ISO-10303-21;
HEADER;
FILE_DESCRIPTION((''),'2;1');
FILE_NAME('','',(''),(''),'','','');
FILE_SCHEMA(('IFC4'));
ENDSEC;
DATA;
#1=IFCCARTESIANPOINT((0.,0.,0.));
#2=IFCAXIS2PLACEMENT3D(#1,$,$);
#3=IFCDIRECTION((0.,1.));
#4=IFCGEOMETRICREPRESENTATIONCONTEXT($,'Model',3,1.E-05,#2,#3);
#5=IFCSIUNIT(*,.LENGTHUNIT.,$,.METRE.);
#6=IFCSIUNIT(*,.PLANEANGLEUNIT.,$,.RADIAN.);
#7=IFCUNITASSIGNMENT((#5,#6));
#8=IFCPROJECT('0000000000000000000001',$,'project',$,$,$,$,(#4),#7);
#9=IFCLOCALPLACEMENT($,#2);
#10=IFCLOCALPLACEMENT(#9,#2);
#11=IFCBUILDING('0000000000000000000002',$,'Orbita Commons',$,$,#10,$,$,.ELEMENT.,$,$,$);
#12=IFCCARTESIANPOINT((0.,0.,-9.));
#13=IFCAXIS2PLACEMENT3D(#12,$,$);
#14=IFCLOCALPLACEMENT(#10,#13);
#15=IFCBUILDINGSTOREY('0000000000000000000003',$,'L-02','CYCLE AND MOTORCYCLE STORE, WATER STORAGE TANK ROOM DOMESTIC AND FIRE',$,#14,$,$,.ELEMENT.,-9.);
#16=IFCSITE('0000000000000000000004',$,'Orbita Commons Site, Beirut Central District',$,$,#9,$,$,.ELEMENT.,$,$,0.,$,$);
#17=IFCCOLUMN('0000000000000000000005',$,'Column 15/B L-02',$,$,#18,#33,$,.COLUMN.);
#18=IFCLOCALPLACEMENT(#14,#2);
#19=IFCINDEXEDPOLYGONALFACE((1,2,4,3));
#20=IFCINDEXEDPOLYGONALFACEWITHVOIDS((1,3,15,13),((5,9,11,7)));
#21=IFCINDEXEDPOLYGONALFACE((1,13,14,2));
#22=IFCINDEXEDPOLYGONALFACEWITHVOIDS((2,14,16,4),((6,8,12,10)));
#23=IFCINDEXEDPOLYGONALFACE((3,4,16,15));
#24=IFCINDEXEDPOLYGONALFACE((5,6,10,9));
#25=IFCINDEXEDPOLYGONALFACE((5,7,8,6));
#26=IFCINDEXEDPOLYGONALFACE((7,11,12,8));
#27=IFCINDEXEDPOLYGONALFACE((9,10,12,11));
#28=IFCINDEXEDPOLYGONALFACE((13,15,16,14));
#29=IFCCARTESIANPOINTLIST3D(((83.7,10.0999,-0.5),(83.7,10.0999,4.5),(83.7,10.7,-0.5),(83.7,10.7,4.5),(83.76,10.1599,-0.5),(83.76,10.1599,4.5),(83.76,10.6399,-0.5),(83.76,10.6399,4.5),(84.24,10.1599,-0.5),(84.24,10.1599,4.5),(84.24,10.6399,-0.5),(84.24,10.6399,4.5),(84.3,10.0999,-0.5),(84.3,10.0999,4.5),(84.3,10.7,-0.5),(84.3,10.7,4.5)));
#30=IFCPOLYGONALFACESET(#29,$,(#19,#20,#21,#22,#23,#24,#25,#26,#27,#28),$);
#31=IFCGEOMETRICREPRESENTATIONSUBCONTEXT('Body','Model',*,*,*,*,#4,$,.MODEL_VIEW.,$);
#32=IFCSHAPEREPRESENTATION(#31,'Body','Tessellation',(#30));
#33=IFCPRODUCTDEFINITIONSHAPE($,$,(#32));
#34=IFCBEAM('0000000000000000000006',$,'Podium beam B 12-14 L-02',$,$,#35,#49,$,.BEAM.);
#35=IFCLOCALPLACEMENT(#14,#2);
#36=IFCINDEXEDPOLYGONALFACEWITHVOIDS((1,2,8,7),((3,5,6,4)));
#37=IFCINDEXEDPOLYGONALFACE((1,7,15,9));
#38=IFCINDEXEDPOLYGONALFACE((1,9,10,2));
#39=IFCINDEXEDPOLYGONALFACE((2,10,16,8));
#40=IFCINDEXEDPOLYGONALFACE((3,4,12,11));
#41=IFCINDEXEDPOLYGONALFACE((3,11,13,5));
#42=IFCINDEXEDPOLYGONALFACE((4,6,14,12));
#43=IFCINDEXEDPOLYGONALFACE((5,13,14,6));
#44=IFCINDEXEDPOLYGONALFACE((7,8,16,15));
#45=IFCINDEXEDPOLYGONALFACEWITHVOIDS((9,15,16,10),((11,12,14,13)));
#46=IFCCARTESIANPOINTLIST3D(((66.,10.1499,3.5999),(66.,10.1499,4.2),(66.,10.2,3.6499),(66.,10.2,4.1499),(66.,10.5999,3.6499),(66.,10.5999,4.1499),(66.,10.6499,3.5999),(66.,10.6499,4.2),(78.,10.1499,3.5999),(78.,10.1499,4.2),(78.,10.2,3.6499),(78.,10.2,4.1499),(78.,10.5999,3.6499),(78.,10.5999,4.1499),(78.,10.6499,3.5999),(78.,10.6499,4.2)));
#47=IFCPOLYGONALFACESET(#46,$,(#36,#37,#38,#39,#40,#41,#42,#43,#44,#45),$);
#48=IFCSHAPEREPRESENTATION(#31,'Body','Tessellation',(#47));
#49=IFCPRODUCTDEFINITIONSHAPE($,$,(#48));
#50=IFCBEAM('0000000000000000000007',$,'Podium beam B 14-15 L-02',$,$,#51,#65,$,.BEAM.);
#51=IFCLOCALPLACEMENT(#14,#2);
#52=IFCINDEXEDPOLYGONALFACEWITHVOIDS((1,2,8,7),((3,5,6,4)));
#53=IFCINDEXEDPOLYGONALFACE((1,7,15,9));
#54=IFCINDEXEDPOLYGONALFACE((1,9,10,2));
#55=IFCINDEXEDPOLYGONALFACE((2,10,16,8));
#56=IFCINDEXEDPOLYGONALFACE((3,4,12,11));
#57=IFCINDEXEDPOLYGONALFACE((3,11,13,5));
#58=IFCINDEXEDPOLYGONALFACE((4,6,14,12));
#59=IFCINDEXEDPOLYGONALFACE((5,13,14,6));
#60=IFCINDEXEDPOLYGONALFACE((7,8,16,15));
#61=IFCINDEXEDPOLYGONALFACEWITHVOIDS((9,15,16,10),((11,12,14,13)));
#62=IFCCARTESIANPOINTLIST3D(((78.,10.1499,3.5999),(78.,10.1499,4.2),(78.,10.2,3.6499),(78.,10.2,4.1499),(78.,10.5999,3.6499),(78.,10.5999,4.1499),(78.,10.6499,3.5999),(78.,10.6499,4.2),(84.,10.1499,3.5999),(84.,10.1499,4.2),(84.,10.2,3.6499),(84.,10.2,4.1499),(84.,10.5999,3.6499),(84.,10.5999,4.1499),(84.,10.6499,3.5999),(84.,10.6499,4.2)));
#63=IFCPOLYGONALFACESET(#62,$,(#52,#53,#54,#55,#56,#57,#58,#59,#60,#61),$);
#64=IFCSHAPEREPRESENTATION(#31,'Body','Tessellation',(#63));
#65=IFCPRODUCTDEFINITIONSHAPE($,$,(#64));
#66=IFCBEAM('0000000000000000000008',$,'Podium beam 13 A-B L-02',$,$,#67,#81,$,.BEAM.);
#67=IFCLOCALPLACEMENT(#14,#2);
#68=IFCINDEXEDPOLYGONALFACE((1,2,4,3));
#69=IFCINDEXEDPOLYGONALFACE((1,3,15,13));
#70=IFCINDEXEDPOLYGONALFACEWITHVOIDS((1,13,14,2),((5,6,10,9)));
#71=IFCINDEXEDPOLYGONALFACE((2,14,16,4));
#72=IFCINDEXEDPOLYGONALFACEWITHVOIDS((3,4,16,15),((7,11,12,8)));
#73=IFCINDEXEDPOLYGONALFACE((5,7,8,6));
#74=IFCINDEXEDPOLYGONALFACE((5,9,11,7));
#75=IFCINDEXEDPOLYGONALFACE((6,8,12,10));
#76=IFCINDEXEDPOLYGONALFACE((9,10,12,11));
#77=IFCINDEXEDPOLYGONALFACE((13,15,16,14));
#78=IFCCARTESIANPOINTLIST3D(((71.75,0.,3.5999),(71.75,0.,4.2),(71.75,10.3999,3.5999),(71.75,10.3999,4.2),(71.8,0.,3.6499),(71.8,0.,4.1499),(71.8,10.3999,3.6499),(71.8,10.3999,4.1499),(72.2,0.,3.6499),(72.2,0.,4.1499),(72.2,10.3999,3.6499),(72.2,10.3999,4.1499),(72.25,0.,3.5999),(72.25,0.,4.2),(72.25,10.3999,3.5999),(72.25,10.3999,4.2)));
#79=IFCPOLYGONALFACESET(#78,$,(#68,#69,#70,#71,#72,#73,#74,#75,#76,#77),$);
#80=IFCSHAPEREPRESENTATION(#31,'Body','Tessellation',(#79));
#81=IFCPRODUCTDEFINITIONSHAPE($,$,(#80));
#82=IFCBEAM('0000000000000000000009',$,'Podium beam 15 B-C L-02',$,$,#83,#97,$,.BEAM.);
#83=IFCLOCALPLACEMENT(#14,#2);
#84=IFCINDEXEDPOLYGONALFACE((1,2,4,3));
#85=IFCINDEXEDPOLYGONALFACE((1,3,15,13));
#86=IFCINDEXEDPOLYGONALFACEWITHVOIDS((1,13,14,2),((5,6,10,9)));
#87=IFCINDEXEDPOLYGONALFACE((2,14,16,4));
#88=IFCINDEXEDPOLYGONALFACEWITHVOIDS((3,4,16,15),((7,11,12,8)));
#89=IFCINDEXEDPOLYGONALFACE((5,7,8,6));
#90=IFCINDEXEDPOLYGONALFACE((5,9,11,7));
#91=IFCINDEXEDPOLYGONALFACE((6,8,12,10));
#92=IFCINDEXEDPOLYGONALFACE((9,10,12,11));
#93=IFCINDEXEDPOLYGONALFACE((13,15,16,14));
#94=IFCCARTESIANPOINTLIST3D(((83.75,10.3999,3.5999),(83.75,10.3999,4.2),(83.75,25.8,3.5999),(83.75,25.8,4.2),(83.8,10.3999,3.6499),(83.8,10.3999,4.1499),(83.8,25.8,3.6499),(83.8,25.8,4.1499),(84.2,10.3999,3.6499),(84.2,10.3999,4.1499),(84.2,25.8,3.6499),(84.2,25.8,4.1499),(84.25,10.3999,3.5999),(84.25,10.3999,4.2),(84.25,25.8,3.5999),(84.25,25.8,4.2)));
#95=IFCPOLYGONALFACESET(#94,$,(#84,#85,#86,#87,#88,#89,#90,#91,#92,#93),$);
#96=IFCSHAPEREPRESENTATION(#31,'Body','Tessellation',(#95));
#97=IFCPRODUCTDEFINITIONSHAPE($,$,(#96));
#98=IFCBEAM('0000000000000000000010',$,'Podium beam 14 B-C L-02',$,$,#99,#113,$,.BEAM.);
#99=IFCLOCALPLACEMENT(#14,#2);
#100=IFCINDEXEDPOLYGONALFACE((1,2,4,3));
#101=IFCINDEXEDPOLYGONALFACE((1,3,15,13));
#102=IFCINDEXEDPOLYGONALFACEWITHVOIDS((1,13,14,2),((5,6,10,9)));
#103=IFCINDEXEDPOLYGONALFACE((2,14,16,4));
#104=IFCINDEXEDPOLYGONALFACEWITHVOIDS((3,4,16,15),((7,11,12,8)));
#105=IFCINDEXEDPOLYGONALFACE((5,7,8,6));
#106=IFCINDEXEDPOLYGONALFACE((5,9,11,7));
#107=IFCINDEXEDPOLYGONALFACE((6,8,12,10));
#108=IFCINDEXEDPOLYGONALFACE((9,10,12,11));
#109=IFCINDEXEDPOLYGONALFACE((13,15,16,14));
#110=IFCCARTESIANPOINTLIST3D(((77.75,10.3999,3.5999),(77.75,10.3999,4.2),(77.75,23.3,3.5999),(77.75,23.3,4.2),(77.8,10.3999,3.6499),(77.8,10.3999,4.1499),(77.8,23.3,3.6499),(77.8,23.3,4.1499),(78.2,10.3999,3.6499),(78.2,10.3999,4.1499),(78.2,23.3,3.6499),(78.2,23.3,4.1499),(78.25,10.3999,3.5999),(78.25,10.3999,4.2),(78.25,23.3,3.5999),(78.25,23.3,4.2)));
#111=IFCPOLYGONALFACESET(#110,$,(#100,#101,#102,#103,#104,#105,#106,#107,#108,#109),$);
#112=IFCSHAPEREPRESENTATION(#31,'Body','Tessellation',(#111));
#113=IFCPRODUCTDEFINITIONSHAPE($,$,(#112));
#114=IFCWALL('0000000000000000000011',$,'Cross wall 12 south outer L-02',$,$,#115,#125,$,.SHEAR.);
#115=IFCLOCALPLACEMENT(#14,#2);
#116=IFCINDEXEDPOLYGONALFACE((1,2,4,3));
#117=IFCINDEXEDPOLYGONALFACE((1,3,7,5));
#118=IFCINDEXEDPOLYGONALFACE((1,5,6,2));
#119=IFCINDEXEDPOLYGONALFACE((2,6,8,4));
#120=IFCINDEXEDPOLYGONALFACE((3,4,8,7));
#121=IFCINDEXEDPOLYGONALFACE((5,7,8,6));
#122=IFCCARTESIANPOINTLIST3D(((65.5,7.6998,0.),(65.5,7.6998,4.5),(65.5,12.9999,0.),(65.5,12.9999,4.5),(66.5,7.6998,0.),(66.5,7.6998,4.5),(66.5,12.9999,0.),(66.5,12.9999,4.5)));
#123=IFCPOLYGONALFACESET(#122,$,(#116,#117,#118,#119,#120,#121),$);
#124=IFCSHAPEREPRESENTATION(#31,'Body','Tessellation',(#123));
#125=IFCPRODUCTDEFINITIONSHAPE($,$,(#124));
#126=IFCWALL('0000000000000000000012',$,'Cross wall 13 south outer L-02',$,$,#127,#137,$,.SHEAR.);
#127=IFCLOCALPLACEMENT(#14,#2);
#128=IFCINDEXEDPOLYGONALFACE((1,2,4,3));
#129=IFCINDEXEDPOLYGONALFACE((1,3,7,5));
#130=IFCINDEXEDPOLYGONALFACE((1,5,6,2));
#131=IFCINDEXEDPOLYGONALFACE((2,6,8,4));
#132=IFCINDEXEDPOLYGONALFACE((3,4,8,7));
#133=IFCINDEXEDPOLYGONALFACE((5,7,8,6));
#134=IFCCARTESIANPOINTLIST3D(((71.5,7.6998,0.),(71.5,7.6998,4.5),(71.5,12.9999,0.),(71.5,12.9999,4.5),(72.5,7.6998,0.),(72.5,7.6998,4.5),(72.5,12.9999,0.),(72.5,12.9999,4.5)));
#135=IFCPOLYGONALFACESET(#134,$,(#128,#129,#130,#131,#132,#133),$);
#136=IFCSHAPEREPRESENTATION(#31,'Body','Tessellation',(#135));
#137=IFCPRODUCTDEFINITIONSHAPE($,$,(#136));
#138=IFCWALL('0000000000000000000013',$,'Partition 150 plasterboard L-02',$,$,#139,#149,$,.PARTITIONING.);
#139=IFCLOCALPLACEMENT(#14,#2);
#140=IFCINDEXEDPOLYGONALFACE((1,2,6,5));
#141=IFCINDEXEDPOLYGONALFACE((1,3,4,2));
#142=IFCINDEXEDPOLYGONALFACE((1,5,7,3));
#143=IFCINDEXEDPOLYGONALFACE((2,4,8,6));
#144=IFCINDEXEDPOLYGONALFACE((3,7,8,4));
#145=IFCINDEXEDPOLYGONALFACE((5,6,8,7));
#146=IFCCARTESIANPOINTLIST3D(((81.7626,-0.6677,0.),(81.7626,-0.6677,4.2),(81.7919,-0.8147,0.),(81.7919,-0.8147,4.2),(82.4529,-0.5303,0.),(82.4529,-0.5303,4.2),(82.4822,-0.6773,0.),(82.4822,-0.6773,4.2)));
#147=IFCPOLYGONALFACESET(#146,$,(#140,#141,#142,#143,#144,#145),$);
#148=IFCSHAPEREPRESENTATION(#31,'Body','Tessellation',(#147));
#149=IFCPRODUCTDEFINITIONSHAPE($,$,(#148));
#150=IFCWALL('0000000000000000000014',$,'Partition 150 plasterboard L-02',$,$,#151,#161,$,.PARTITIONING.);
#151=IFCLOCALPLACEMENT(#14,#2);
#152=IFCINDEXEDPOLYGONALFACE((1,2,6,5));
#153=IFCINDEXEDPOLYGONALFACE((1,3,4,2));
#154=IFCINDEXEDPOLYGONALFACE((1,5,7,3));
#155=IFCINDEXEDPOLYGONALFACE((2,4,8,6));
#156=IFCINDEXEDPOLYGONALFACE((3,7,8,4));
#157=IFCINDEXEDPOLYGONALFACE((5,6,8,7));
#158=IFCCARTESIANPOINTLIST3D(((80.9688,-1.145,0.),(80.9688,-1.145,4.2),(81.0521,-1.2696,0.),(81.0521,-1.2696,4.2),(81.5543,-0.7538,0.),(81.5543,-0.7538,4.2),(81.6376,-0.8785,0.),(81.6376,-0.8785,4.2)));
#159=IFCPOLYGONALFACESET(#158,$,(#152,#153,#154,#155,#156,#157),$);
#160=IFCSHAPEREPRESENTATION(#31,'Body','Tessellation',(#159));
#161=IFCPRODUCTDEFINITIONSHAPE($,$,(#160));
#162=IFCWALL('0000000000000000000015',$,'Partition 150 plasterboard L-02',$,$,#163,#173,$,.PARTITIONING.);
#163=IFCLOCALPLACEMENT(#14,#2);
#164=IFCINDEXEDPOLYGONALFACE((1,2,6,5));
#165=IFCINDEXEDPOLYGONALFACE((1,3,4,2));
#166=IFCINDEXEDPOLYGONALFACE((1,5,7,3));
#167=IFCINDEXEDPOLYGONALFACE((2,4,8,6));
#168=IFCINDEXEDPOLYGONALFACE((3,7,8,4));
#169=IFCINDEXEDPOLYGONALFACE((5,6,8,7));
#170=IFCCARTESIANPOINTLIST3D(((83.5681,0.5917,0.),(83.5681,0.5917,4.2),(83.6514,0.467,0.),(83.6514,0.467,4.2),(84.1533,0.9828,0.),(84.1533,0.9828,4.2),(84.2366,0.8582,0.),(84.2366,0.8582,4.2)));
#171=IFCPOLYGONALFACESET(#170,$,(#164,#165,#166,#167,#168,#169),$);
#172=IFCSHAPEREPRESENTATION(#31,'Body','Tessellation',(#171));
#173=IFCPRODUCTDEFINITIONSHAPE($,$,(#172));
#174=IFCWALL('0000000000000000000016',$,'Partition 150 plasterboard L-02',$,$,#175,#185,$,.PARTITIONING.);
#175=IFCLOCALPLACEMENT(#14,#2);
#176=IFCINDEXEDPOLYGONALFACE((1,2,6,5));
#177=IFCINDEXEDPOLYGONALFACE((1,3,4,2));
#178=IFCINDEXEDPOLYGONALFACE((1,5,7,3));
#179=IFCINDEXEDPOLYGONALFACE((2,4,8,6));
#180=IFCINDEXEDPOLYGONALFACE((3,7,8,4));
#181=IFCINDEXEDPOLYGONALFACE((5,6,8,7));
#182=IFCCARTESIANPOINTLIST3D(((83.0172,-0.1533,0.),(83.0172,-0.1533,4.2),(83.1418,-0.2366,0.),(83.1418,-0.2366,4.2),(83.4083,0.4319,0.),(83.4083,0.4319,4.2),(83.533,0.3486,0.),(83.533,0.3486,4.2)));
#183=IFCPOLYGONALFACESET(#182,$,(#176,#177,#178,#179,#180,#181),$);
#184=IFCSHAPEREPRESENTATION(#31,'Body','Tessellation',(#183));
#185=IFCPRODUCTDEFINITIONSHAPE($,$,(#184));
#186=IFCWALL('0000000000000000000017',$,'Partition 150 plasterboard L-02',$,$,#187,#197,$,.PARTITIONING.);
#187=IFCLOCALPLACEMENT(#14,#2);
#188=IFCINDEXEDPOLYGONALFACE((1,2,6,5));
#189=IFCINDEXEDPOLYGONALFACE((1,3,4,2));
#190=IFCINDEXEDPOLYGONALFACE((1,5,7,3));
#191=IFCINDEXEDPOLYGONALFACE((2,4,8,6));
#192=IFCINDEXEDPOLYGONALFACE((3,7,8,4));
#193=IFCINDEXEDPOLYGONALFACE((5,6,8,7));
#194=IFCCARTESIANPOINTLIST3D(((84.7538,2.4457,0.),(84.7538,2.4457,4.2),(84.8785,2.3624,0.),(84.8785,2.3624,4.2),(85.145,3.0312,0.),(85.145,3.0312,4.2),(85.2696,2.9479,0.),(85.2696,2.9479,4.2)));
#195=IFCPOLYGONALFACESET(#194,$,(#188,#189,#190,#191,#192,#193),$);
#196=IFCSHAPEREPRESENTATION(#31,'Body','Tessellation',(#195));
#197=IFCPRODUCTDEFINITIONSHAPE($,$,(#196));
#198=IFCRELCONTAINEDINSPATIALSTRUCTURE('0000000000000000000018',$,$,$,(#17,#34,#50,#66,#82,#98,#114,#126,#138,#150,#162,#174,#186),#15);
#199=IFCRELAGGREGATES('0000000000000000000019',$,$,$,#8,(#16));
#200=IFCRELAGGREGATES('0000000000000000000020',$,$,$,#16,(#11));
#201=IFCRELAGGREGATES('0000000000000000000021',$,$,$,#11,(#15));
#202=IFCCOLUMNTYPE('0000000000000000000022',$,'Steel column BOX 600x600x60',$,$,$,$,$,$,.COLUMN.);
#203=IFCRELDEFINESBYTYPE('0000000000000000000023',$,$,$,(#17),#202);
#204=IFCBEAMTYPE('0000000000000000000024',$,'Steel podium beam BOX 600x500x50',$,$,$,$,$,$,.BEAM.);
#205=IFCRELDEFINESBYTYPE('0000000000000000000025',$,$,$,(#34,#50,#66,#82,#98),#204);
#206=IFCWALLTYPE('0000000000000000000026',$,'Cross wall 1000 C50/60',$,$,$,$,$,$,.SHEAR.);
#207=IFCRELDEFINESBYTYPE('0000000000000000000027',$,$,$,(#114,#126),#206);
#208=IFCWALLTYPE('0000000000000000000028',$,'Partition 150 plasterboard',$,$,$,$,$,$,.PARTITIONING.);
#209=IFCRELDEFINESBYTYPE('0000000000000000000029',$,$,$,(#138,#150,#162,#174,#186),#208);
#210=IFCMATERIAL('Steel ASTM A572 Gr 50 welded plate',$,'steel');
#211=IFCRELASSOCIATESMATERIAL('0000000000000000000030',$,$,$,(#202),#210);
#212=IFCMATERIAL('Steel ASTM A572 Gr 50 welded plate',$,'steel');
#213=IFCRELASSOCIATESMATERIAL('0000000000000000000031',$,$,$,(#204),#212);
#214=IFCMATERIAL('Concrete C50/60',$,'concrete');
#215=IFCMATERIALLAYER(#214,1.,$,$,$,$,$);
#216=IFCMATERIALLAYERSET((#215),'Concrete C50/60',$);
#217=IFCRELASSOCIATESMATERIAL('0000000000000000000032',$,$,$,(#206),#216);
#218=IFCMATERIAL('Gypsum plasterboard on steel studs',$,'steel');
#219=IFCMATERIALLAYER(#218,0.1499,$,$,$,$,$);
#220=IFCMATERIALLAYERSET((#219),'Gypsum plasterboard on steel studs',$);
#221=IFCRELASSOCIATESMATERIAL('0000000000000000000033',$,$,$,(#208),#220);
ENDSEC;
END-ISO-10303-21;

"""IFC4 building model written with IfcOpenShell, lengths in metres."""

from ifc_helpers import new_model, si_unit, direction, frame, frame_2d, origin, origin_2d, place, context, subcontext, project, spatial, rectangle, hollow_rectangle, extrude, material, layer, layer_set, material_profile, profile_set, type_object, element, save


model = new_model("IFC4")

# Units and contexts
model_context = context("Model", 3, precision=1e-05, world=origin(), true_north=direction((0.0, 1.0)))
body_context = subcontext(model_context, "Body", "Model", "MODEL_VIEW")
ifc_project = project(units=[si_unit("LENGTHUNIT", "METRE"), si_unit("PLANEANGLEUNIT", "RADIAN")], contexts=[model_context])

# Site, building, storey
site_placement = place(None, origin())
site = spatial("IfcSite", under=ifc_project, at=site_placement, Name="Orbita Commons Site, Beirut Central District", CompositionType="ELEMENT", RefElevation=0.0)
building_placement = place(site_placement, origin())
building = spatial("IfcBuilding", under=site, at=building_placement, Name="Orbita Commons", CompositionType="ELEMENT")
storey_placement = place(building_placement, frame((0.0, 0.0, -9.0)))
storey = spatial("IfcBuildingStorey", under=building, at=storey_placement, Name="L-02", Description="CYCLE AND MOTORCYCLE STORE, WATER STORAGE TANK ROOM DOMESTIC AND FIRE", CompositionType="ELEMENT", Elevation=-9.0)

# Column
ifc_material_1 = material(Name="Steel ASTM A572 Gr 50 welded plate", Category="steel")
ifc_material_profile_1 = material_profile(ifc_material_1, hollow_rectangle(XDim=0.6001, YDim=0.6001, WallThickness=0.0601, at=origin_2d()), Name="BOX 600x600x60")
ifc_profile_set_1 = profile_set([ifc_material_profile_1], Name="Steel ASTM A572 Gr 50 welded plate")
column_type_1 = type_object("IfcColumnType", Name="Steel column BOX 600x600x60", PredefinedType="COLUMN", material=ifc_profile_set_1)
for number, where, z_axis, x_axis, name in (
    (1, (84.0, 10.3999, -0.5), (0.0, 0.0, 1.0), (1.0, 0.0, 0.0), "Column 15/B L-02"),
):
    element("IfcColumn", number, at=place(storey_placement, frame(where, z_axis=z_axis, x_axis=x_axis)), inside=storey, type_object=column_type_1, Name=name, PredefinedType="COLUMN", context=body_context, shape_type="SweptSolid", body=[
        extrude(hollow_rectangle(XDim=0.6001, YDim=0.6001, WallThickness=0.0601, at=origin_2d()), origin(), (0.0, 0.0, 1.0), 5.0),
    ])

# Beams
ifc_material_2 = material(Name="Steel ASTM A572 Gr 50 welded plate", Category="steel")
ifc_material_profile_2 = material_profile(ifc_material_2, hollow_rectangle(XDim=0.5, YDim=0.6001, WallThickness=0.05, at=origin_2d()), Name="BOX 600x500x50")
ifc_profile_set_2 = profile_set([ifc_material_profile_2], Name="Steel ASTM A572 Gr 50 welded plate")
beam_type = type_object("IfcBeamType", Name="Steel podium beam BOX 600x500x50", PredefinedType="BEAM", material=ifc_profile_set_2)
beam_1_placement = place(storey_placement, frame((66.0, 10.3999, 3.8999), z_axis=(1.0, 0.0, 0.0), x_axis=(0.0, 1.0, 0.0)))
element("IfcBeam", 2, at=beam_1_placement, inside=storey, type_object=beam_type, Name="Podium beam B 12-14 L-02", PredefinedType="BEAM", context=body_context, shape_type="SweptSolid", body=[
    extrude(hollow_rectangle(XDim=0.5, YDim=0.6001, WallThickness=0.05, at=origin_2d()), origin(), (0.0, 0.0, 1.0), 12.0),
])
beam_2_placement = place(storey_placement, frame((78.0, 10.3999, 3.8999), z_axis=(1.0, 0.0, 0.0), x_axis=(0.0, 1.0, 0.0)))
element("IfcBeam", 3, at=beam_2_placement, inside=storey, type_object=beam_type, Name="Podium beam B 14-15 L-02", PredefinedType="BEAM", context=body_context, shape_type="SweptSolid", body=[
    extrude(hollow_rectangle(XDim=0.5, YDim=0.6001, WallThickness=0.05, at=origin_2d()), origin(), (0.0, 0.0, 1.0), 6.0),
])
beam_3_placement = place(storey_placement, frame((72.0, 0.0, 3.8999), z_axis=(0.0, 1.0, 0.0), x_axis=(-1.0, 0.0, 0.0)))
element("IfcBeam", 4, at=beam_3_placement, inside=storey, type_object=beam_type, Name="Podium beam 13 A-B L-02", PredefinedType="BEAM", context=body_context, shape_type="SweptSolid", body=[
    extrude(hollow_rectangle(XDim=0.5, YDim=0.6001, WallThickness=0.05, at=origin_2d()), origin(), (0.0, 0.0, 1.0), 10.3999),
])
beam_4_placement = place(storey_placement, frame((84.0, 10.3999, 3.8999), z_axis=(0.0, 1.0, 0.0), x_axis=(-1.0, 0.0, 0.0)))
element("IfcBeam", 5, at=beam_4_placement, inside=storey, type_object=beam_type, Name="Podium beam 15 B-C L-02", PredefinedType="BEAM", context=body_context, shape_type="SweptSolid", body=[
    extrude(hollow_rectangle(XDim=0.5, YDim=0.6001, WallThickness=0.05, at=origin_2d()), origin(), (0.0, 0.0, 1.0), 15.4001),
])
beam_5_placement = place(storey_placement, frame((78.0, 10.3999, 3.8999), z_axis=(0.0, 1.0, 0.0), x_axis=(-1.0, 0.0, 0.0)))
element("IfcBeam", 6, at=beam_5_placement, inside=storey, type_object=beam_type, Name="Podium beam 14 B-C L-02", PredefinedType="BEAM", context=body_context, shape_type="SweptSolid", body=[
    extrude(hollow_rectangle(XDim=0.5, YDim=0.6001, WallThickness=0.05, at=origin_2d()), origin(), (0.0, 0.0, 1.0), 12.9001),
])

# Walls
ifc_material_3 = material(Name="Concrete C50/60", Category="concrete")
ifc_layer_1 = layer(ifc_material_3, 1.0)
ifc_layer_set_1 = layer_set([ifc_layer_1], Name="Concrete C50/60")
wall_type_1 = type_object("IfcWallType", Name="Cross wall 1000 C50/60", PredefinedType="SHEAR", material=ifc_layer_set_1)
for number, where, z_axis, x_axis, name in (
    (7, (66.0, 7.7, 0.0), (0.0, 0.0, 1.0), (0.0, 1.0, 0.0), "Cross wall 12 south outer L-02"),
    (8, (72.0, 7.7, 0.0), (0.0, 0.0, 1.0), (0.0, 1.0, 0.0), "Cross wall 13 south outer L-02"),
):
    element("IfcWall", number, at=place(storey_placement, frame(where, z_axis=z_axis, x_axis=x_axis)), inside=storey, type_object=wall_type_1, Name=name, PredefinedType="SHEAR", context=body_context, shape_type="SweptSolid", body=[
        extrude(rectangle(XDim=5.3, YDim=1.0, at=frame_2d((2.6499, 0.0))), origin(), (0.0, 0.0, 1.0), 4.5),
    ])
ifc_material_4 = material(Name="Gypsum plasterboard on steel studs", Category="steel")
ifc_layer_2 = layer(ifc_material_4, 0.1499)
ifc_layer_set_2 = layer_set([ifc_layer_2], Name="Gypsum plasterboard on steel studs")
wall_type_2 = type_object("IfcWallType", Name="Partition 150 plasterboard", PredefinedType="PARTITIONING", material=ifc_layer_set_2)
wall_1_placement = place(storey_placement, frame((81.7771, -0.7412, 0.0), z_axis=(0.0, 0.0, 1.0), x_axis=(0.980754, 0.195249, 0.0)))
element("IfcWall", 9, at=wall_1_placement, inside=storey, type_object=wall_type_2, Name="Partition 150 plasterboard L-02", PredefinedType="PARTITIONING", context=body_context, shape_type="SweptSolid", body=[
    extrude(rectangle(XDim=0.7039, YDim=0.1499, at=frame_2d((0.3521, 0.0))), origin(), (0.0, 0.0, 1.0), 4.2),
])
wall_2_placement = place(storey_placement, frame((81.5959, -0.8162, 0.0), z_axis=(0.0, 0.0, 1.0), x_axis=(-0.831516, -0.5555, 0.0)))
element("IfcWall", 10, at=wall_2_placement, inside=storey, type_object=wall_type_2, Name="Partition 150 plasterboard L-02", PredefinedType="PARTITIONING", context=body_context, shape_type="SweptSolid", body=[
    extrude(rectangle(XDim=0.7041, YDim=0.1499, at=frame_2d((0.3521, 0.0))), origin(), (0.0, 0.0, 1.0), 4.2),
])
for number, where, z_axis, x_axis, name in (
    (11, (83.6096, 0.5293, 0.0), (0.0, 0.0, 1.0), (0.831409, 0.55566, 0.0), "Partition 150 plasterboard L-02"),
    (12, (83.4707, 0.3904, 0.0), (0.0, 0.0, 1.0), (-0.55566, -0.831409, 0.0), "Partition 150 plasterboard L-02"),
):
    element("IfcWall", number, at=place(storey_placement, frame(where, z_axis=z_axis, x_axis=x_axis)), inside=storey, type_object=wall_type_2, Name=name, PredefinedType="PARTITIONING", context=body_context, shape_type="SweptSolid", body=[
        extrude(rectangle(XDim=0.7039, YDim=0.1499, at=frame_2d((0.3521, 0.0))), origin(), (0.0, 0.0, 1.0), 4.2),
    ])
wall_3_placement = place(storey_placement, frame((84.8162, 2.4041, 0.0), z_axis=(0.0, 0.0, 1.0), x_axis=(0.5555, 0.831516, 0.0)))
element("IfcWall", 13, at=wall_3_placement, inside=storey, type_object=wall_type_2, Name="Partition 150 plasterboard L-02", PredefinedType="PARTITIONING", context=body_context, shape_type="SweptSolid", body=[
    extrude(rectangle(XDim=0.7041, YDim=0.1499, at=frame_2d((0.3521, 0.0))), origin(), (0.0, 0.0, 1.0), 4.2),
])

save(model, "model.ifc")
